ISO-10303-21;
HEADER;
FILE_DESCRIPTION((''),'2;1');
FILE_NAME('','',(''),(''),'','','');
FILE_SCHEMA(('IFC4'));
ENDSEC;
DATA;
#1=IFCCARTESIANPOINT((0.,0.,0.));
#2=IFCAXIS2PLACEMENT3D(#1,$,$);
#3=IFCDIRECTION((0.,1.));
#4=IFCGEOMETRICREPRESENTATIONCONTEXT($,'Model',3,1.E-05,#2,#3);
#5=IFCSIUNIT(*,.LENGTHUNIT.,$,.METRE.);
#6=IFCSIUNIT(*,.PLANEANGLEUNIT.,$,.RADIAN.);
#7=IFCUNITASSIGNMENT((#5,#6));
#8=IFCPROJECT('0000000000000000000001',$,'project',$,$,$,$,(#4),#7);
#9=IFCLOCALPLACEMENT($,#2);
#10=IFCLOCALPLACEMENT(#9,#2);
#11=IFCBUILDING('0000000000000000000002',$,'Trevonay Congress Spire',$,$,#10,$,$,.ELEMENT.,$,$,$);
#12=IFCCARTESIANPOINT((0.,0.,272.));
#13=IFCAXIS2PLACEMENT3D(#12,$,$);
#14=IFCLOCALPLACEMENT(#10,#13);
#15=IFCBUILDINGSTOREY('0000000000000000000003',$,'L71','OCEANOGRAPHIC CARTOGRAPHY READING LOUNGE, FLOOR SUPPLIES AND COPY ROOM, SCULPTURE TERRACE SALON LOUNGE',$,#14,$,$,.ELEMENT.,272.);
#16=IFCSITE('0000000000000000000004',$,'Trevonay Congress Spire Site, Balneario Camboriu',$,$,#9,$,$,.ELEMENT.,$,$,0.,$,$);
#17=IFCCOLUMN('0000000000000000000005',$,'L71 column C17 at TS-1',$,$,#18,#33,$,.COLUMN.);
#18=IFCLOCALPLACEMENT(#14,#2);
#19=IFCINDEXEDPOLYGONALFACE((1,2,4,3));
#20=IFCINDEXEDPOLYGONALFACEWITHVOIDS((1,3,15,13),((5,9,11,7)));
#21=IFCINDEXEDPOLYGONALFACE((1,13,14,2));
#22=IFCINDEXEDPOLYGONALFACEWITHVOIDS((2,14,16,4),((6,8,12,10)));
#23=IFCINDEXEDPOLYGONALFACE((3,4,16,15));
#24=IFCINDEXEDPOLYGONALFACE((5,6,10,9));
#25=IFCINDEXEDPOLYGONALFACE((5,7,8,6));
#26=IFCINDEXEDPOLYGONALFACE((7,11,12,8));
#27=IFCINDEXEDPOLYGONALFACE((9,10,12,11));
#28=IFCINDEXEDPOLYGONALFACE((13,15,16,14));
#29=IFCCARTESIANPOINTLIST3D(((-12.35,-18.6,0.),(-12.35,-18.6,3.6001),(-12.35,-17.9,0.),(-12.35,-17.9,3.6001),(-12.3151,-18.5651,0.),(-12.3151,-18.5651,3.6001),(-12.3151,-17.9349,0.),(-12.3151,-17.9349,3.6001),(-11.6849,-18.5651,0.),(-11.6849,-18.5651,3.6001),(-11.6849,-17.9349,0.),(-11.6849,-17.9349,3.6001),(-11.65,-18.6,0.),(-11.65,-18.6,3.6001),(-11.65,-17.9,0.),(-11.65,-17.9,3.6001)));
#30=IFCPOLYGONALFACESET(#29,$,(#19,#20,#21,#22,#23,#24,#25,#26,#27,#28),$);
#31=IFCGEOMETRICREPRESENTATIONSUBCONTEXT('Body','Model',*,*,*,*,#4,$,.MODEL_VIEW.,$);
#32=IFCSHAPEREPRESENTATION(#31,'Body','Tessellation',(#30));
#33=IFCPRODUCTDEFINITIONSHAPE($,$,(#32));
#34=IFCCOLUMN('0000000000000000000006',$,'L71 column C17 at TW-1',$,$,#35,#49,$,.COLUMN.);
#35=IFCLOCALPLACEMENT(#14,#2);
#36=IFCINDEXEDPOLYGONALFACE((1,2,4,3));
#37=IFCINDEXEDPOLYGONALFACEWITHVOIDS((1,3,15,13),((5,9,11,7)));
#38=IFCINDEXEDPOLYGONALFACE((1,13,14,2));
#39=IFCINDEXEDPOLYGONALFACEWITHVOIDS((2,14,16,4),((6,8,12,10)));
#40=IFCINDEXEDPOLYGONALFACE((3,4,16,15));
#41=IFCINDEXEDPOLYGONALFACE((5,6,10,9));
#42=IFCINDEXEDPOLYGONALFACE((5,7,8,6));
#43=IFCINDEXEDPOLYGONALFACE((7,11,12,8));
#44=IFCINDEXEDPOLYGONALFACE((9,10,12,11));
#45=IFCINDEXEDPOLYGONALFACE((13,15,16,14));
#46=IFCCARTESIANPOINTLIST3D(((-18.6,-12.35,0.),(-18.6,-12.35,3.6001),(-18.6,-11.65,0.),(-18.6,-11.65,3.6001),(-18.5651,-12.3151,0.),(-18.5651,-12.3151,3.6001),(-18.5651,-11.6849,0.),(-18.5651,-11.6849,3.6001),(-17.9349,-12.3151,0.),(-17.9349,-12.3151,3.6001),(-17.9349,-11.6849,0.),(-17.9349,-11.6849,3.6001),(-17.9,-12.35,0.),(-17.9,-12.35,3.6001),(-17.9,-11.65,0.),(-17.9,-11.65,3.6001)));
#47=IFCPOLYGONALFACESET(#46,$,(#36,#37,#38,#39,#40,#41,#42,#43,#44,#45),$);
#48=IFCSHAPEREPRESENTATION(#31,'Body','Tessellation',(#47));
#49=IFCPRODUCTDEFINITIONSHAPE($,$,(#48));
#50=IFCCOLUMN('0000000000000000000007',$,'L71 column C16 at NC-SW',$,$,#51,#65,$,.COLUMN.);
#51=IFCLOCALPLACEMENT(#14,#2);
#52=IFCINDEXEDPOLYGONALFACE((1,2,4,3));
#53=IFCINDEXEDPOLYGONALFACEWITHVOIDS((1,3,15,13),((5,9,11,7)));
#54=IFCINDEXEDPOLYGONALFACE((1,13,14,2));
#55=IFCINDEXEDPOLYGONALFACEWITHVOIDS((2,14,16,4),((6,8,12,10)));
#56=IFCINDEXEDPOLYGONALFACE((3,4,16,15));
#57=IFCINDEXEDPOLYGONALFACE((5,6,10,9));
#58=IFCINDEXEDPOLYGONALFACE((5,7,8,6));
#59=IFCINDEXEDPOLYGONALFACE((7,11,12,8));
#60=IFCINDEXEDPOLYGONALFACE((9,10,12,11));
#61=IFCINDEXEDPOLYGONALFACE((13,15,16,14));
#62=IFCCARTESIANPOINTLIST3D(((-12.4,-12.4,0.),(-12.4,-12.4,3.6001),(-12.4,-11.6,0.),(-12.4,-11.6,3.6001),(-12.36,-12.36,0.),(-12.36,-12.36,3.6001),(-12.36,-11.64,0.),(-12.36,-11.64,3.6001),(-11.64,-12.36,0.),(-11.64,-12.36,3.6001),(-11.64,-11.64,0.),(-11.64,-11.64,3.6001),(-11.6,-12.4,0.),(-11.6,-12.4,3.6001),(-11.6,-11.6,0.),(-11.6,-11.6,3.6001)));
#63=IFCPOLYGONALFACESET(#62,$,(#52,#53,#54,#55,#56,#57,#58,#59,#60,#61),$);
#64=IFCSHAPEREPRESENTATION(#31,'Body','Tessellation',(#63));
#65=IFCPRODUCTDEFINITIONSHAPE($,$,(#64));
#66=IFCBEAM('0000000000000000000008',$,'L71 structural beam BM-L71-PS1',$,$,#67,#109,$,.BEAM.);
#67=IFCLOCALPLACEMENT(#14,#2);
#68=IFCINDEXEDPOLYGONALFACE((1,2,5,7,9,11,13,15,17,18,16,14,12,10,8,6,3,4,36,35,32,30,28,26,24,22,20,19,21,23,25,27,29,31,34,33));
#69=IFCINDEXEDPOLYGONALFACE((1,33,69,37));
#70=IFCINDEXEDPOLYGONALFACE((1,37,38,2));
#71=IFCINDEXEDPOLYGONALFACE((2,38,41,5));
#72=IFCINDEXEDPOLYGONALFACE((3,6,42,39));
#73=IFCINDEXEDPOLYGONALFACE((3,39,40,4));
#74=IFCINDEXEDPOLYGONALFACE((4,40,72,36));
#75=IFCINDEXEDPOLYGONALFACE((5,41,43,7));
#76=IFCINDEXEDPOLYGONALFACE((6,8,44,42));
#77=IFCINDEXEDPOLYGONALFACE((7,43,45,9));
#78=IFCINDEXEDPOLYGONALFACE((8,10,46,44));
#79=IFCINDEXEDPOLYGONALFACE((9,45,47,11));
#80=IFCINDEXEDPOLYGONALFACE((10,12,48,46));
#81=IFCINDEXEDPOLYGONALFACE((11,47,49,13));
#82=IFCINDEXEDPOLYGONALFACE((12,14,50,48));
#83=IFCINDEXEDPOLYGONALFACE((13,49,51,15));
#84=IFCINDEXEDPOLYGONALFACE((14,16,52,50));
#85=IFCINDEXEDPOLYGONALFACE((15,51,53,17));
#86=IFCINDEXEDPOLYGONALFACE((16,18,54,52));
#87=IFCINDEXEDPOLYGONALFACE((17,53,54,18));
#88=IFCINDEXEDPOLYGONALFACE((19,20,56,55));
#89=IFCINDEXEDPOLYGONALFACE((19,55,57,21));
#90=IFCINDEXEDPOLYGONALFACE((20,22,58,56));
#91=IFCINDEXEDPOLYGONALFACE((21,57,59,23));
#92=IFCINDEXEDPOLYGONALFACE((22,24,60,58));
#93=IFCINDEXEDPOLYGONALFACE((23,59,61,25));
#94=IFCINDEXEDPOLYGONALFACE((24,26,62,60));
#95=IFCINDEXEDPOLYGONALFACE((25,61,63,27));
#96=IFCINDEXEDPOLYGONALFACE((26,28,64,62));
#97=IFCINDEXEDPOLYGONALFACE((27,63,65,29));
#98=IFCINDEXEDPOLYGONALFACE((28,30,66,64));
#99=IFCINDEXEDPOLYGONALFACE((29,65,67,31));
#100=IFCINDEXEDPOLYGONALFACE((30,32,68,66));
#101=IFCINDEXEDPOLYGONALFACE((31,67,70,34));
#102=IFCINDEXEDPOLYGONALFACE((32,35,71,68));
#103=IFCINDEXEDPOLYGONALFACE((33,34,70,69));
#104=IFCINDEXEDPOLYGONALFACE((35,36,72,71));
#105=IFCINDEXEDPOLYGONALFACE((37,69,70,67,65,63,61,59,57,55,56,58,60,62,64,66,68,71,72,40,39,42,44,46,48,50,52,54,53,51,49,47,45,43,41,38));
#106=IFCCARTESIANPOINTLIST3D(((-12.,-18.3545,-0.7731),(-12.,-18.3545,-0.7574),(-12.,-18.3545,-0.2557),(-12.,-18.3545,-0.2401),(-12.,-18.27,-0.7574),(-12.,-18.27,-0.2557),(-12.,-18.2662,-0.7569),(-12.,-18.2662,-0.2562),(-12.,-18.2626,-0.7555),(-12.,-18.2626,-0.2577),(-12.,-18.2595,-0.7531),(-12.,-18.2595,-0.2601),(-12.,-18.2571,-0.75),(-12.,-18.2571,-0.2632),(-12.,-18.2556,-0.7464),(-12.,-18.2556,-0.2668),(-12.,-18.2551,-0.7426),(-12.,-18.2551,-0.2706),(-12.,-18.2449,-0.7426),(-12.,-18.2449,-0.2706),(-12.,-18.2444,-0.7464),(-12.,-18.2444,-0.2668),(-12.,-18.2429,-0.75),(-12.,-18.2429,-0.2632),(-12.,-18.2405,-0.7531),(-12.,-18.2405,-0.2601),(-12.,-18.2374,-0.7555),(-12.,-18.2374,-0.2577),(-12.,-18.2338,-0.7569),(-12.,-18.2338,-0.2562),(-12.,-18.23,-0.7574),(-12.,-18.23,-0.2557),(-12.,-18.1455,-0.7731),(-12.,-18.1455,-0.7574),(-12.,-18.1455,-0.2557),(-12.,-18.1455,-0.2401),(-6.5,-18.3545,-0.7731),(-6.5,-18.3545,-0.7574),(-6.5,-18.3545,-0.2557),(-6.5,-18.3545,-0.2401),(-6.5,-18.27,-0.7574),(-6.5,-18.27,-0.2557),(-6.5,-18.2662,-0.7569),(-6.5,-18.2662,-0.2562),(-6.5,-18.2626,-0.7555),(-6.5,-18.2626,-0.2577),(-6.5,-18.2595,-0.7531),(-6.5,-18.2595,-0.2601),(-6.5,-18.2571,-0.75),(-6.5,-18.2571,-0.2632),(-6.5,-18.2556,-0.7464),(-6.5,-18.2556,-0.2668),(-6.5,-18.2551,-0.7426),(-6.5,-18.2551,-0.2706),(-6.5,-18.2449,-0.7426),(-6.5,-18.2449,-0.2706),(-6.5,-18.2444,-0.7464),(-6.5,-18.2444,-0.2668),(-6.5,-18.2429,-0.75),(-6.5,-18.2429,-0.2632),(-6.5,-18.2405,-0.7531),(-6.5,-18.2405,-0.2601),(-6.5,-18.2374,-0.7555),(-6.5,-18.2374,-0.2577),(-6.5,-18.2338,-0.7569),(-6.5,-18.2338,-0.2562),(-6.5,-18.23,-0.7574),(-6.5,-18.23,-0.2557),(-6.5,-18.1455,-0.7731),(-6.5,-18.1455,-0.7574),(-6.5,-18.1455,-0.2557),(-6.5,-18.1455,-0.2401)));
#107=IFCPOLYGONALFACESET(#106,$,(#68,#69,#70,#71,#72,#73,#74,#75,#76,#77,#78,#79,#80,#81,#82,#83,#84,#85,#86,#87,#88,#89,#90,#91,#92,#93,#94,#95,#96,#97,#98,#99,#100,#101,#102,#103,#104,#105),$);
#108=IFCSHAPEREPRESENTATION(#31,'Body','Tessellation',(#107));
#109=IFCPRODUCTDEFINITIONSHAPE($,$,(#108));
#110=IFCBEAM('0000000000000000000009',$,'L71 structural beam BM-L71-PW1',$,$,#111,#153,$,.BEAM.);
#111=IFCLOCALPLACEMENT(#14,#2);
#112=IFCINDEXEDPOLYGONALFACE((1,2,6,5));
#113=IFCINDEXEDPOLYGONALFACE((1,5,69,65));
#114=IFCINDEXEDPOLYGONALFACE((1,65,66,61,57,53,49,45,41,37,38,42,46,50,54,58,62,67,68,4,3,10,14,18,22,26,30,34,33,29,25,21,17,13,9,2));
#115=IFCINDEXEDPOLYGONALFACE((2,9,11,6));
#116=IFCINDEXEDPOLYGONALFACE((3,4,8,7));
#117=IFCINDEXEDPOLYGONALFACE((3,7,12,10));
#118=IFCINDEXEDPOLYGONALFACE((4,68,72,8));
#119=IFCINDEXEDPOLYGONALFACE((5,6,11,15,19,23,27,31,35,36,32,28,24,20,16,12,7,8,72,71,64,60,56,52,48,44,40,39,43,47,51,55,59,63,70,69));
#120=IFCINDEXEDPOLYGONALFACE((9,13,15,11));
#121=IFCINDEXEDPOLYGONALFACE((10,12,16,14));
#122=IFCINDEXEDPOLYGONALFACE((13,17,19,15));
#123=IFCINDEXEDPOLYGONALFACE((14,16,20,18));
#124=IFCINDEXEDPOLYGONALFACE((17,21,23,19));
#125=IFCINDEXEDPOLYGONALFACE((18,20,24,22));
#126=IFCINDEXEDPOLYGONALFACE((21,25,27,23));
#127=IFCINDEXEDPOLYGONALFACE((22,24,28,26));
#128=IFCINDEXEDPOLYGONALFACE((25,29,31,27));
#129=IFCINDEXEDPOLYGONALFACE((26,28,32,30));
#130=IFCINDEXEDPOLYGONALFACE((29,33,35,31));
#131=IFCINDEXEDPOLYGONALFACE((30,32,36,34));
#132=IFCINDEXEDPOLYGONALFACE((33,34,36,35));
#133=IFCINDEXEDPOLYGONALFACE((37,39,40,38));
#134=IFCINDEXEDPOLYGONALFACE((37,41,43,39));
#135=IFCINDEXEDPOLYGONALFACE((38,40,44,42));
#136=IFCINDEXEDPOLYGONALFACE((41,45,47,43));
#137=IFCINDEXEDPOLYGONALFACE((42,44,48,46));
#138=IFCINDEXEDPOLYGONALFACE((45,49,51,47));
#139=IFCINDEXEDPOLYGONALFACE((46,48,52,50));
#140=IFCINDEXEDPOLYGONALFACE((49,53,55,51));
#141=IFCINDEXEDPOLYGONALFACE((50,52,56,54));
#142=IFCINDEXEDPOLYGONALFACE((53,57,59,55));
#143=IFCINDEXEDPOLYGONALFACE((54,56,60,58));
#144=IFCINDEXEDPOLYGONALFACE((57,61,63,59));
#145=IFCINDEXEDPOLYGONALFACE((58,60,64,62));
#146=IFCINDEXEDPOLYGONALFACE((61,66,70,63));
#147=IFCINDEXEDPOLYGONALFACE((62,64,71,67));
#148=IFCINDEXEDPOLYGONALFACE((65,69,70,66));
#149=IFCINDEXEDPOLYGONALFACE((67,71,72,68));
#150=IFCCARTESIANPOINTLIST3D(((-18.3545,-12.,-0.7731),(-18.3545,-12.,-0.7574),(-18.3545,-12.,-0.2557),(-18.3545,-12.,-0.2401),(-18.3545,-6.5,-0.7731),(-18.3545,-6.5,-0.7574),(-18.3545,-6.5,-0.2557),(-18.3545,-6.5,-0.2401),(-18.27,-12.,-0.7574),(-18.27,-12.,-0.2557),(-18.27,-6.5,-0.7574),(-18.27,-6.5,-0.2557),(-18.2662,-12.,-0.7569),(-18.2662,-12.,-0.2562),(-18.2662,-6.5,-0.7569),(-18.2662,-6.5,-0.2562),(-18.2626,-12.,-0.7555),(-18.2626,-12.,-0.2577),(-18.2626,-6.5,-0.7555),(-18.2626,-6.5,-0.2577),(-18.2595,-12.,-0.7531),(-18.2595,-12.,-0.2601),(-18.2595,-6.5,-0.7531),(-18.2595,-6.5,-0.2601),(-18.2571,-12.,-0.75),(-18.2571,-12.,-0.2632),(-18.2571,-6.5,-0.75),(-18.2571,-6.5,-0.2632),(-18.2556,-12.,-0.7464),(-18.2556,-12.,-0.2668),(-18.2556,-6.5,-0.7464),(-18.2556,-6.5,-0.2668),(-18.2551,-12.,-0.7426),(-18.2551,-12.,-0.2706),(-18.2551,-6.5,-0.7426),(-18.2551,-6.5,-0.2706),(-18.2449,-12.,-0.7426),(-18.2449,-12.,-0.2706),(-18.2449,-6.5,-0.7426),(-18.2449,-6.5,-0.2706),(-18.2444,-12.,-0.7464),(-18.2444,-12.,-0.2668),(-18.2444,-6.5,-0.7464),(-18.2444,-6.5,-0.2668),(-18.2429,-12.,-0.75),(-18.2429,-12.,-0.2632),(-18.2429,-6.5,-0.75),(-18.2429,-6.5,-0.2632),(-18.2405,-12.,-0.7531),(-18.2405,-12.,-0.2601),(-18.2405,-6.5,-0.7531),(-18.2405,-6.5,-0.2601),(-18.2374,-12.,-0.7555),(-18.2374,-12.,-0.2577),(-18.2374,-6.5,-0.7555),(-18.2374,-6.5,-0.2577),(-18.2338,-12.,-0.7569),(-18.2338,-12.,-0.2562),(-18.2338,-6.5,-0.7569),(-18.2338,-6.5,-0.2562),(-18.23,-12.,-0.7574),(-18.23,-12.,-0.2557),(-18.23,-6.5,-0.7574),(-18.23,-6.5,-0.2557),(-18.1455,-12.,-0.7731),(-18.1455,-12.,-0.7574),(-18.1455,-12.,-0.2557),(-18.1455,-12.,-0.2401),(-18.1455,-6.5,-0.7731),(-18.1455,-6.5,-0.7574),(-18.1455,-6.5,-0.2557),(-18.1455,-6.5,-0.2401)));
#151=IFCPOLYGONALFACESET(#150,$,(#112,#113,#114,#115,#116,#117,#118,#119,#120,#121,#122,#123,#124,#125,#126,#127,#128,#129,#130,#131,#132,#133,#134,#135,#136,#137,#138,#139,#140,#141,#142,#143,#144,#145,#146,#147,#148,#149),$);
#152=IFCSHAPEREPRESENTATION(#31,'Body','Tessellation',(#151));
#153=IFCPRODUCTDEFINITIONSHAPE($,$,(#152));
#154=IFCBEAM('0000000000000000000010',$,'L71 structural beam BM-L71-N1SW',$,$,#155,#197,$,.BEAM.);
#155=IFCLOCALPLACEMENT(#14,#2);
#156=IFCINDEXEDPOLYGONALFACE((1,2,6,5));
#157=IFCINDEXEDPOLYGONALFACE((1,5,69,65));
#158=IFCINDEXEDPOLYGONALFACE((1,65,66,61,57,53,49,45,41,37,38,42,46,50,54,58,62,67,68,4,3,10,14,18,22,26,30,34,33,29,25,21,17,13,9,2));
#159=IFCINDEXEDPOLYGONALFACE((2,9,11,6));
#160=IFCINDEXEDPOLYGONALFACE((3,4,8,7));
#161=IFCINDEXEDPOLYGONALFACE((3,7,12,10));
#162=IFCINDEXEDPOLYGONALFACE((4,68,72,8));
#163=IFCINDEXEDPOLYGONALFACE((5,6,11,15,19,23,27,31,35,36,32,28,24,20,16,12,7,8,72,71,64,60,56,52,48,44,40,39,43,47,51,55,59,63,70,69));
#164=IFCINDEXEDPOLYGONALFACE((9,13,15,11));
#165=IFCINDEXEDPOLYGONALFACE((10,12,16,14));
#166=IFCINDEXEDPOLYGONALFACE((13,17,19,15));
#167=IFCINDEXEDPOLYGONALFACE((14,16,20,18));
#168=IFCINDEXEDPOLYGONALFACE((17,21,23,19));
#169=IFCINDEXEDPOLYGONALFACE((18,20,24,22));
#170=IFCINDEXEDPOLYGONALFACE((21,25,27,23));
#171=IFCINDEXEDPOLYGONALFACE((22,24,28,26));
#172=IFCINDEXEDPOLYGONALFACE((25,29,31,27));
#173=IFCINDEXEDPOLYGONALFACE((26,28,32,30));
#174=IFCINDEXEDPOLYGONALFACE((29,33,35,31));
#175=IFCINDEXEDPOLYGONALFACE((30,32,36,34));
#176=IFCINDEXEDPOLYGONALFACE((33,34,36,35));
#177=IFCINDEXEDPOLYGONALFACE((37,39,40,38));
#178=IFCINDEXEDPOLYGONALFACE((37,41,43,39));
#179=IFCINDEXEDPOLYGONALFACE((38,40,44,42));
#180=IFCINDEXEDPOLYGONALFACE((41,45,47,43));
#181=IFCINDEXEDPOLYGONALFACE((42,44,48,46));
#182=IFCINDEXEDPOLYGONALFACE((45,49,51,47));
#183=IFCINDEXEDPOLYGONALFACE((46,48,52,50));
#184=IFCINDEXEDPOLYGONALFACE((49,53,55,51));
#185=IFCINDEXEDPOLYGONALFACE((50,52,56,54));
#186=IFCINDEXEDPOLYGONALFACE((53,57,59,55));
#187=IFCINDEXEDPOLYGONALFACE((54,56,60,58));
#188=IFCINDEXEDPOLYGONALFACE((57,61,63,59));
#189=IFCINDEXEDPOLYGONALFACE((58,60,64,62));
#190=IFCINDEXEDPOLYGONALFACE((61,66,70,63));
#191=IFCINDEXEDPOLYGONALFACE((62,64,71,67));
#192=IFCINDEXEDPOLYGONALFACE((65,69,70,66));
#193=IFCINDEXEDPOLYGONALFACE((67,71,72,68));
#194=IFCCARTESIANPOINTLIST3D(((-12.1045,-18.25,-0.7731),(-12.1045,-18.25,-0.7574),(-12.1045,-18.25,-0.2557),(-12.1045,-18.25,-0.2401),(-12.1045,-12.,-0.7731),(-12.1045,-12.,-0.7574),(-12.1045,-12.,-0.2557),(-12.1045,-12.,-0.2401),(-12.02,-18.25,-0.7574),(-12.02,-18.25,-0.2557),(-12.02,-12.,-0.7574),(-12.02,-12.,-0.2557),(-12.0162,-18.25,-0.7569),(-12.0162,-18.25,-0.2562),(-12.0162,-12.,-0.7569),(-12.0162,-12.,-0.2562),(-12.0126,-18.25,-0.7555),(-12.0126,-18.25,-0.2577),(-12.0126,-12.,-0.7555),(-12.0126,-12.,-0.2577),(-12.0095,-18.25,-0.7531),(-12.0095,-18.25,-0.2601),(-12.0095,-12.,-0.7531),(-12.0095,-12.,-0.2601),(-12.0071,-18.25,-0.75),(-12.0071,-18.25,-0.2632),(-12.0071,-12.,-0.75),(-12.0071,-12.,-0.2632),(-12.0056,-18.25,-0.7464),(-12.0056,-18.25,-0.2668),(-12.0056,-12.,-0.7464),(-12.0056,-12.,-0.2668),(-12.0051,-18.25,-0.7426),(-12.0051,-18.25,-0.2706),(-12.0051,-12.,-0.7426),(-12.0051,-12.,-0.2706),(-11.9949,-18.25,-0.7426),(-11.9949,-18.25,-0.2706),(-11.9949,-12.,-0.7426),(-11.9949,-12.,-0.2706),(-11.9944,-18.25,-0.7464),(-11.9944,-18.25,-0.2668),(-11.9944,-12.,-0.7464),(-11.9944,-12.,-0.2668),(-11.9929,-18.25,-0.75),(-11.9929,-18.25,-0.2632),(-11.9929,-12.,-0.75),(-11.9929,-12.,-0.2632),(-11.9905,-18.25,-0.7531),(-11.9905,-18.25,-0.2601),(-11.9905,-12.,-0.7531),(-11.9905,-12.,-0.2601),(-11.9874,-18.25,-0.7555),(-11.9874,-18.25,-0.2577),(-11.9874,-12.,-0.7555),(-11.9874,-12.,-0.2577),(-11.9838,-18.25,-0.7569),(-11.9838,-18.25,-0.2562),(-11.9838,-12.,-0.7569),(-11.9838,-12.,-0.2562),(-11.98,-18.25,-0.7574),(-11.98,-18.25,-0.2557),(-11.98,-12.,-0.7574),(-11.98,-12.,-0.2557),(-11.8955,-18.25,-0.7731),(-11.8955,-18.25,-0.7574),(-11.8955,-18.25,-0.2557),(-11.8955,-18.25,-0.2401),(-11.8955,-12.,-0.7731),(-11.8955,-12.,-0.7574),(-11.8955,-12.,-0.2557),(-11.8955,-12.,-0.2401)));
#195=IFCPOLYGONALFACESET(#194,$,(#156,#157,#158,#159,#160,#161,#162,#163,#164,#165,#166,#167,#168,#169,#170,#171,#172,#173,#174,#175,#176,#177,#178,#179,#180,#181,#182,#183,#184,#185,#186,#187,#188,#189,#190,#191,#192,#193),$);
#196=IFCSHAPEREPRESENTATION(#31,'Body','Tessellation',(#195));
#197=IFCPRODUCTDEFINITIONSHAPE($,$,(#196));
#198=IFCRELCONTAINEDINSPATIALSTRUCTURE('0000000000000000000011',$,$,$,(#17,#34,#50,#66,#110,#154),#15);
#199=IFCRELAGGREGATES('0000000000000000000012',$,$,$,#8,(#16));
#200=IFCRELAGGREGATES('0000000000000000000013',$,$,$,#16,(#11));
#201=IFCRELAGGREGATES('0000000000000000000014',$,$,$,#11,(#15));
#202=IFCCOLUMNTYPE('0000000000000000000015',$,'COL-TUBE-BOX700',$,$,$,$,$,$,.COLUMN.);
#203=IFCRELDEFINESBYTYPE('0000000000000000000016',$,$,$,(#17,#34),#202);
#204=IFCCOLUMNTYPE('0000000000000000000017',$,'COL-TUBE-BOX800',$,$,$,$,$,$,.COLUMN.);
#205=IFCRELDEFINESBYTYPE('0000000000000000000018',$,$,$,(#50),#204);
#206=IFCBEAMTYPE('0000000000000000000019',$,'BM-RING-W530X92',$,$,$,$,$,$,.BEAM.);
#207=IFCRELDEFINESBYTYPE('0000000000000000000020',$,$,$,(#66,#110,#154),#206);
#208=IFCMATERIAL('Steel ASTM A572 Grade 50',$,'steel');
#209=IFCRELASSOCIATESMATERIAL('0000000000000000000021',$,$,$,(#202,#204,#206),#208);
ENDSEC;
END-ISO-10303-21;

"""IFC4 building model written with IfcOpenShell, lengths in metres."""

from ifc_helpers import new_model, si_unit, direction, frame, origin, origin_2d, place, context, subcontext, project, spatial, hollow_rectangle, i_section, extrude, material, material_profile, profile_set, type_object, element, save


model = new_model("IFC4")

# Units and contexts
model_context = context("Model", 3, precision=1e-05, world=origin(), true_north=direction((0.0, 1.0)))
body_context = subcontext(model_context, "Body", "Model", "MODEL_VIEW")
ifc_project = project(units=[si_unit("LENGTHUNIT", "METRE"), si_unit("PLANEANGLEUNIT", "RADIAN")], contexts=[model_context])

# Site, building, storey
site_placement = place(None, origin())
site = spatial("IfcSite", under=ifc_project, at=site_placement, Name="Trevonay Congress Spire Site, Balneario Camboriu", CompositionType="ELEMENT", RefElevation=0.0)
building_placement = place(site_placement, origin())
building = spatial("IfcBuilding", under=site, at=building_placement, Name="Trevonay Congress Spire", CompositionType="ELEMENT")
storey_placement = place(building_placement, frame((0.0, 0.0, 272.0)))
storey = spatial("IfcBuildingStorey", under=building, at=storey_placement, Name="L71", Description="OCEANOGRAPHIC CARTOGRAPHY READING LOUNGE, FLOOR SUPPLIES AND COPY ROOM, SCULPTURE TERRACE SALON LOUNGE", CompositionType="ELEMENT", Elevation=272.0)

# Columns
ifc_material_1 = material(Name="Steel ASTM A572 Grade 50", Category="steel")
ifc_material_profile_1 = material_profile(ifc_material_1, hollow_rectangle(XDim=0.7, YDim=0.7, WallThickness=0.0349, at=origin_2d()), Name="BOX 700x700x35")
ifc_profile_set_1 = profile_set([ifc_material_profile_1], Name="Steel ASTM A572 Grade 50")
column_type_1 = type_object("IfcColumnType", Name="COL-TUBE-BOX700", PredefinedType="COLUMN", material=ifc_profile_set_1)
for number, where, z_axis, x_axis, name in (
    (1, (-12.0, -18.25, 0.0), (0.0, 0.0, 1.0), (1.0, 0.0, 0.0), "L71 column C17 at TS-1"),
    (2, (-18.25, -12.0, 0.0), (0.0, 0.0, 1.0), (1.0, 0.0, 0.0), "L71 column C17 at TW-1"),
):
    element("IfcColumn", number, at=place(storey_placement, frame(where, z_axis=z_axis, x_axis=x_axis)), inside=storey, type_object=column_type_1, Name=name, PredefinedType="COLUMN", context=body_context, shape_type="SweptSolid", body=[
        extrude(hollow_rectangle(XDim=0.7, YDim=0.7, WallThickness=0.0349, at=origin_2d()), origin(), (0.0, 0.0, 1.0), 3.6001),
    ])
ifc_material_profile_2 = material_profile(ifc_material_1, hollow_rectangle(XDim=0.8, YDim=0.8, WallThickness=0.04, at=origin_2d()), Name="BOX 800x800x40")
ifc_profile_set_2 = profile_set([ifc_material_profile_2], Name="Steel ASTM A572 Grade 50")
column_type_2 = type_object("IfcColumnType", Name="COL-TUBE-BOX800", PredefinedType="COLUMN", material=ifc_profile_set_2)
column_placement = place(storey_placement, frame((-12.0, -12.0, 0.0), z_axis=(0.0, 0.0, 1.0), x_axis=(1.0, 0.0, 0.0)))
element("IfcColumn", 3, at=column_placement, inside=storey, type_object=column_type_2, Name="L71 column C16 at NC-SW", PredefinedType="COLUMN", context=body_context, shape_type="SweptSolid", body=[
    extrude(hollow_rectangle(XDim=0.8, YDim=0.8, WallThickness=0.04, at=origin_2d()), origin(), (0.0, 0.0, 1.0), 3.6001),
])

# Beams
ifc_material_profile_3 = material_profile(ifc_material_1, i_section(OverallWidth=0.209, OverallDepth=0.533, WebThickness=0.0103, FlangeThickness=0.0156, FilletRadius=0.0149, at=origin_2d()), Name="W530x92")
ifc_profile_set_3 = profile_set([ifc_material_profile_3], Name="Steel ASTM A572 Grade 50")
beam_type = type_object("IfcBeamType", Name="BM-RING-W530X92", PredefinedType="BEAM", material=ifc_profile_set_3)
for number, where, z_axis, x_axis, name in (
    (4, (-12.0, -18.25, -0.5066), (1.0, 0.0, 0.0), (0.0, 1.0, 0.0), "L71 structural beam BM-L71-PS1"),
    (5, (-18.25, -12.0, -0.5066), (0.0, 1.0, 0.0), (-1.0, 0.0, 0.0), "L71 structural beam BM-L71-PW1"),
):
    element("IfcBeam", number, at=place(storey_placement, frame(where, z_axis=z_axis, x_axis=x_axis)), inside=storey, type_object=beam_type, Name=name, PredefinedType="BEAM", context=body_context, shape_type="SweptSolid", body=[
        extrude(i_section(OverallWidth=0.209, OverallDepth=0.533, WebThickness=0.0103, FlangeThickness=0.0156, FilletRadius=0.0149, at=origin_2d()), origin(), (0.0, 0.0, 1.0), 5.5),
    ])
for number, where, z_axis, x_axis, name in (
    (6, (-12.0, -18.25, -0.5066), (0.0, 1.0, 0.0), (-1.0, 0.0, 0.0), "L71 structural beam BM-L71-N1SW"),
):
    element("IfcBeam", number, at=place(storey_placement, frame(where, z_axis=z_axis, x_axis=x_axis)), inside=storey, type_object=beam_type, Name=name, PredefinedType="BEAM", context=body_context, shape_type="SweptSolid", body=[
        extrude(i_section(OverallWidth=0.209, OverallDepth=0.533, WebThickness=0.0103, FlangeThickness=0.0156, FilletRadius=0.0149, at=origin_2d()), origin(), (0.0, 0.0, 1.0), 6.25),
    ])

save(model, "model.ifc")
